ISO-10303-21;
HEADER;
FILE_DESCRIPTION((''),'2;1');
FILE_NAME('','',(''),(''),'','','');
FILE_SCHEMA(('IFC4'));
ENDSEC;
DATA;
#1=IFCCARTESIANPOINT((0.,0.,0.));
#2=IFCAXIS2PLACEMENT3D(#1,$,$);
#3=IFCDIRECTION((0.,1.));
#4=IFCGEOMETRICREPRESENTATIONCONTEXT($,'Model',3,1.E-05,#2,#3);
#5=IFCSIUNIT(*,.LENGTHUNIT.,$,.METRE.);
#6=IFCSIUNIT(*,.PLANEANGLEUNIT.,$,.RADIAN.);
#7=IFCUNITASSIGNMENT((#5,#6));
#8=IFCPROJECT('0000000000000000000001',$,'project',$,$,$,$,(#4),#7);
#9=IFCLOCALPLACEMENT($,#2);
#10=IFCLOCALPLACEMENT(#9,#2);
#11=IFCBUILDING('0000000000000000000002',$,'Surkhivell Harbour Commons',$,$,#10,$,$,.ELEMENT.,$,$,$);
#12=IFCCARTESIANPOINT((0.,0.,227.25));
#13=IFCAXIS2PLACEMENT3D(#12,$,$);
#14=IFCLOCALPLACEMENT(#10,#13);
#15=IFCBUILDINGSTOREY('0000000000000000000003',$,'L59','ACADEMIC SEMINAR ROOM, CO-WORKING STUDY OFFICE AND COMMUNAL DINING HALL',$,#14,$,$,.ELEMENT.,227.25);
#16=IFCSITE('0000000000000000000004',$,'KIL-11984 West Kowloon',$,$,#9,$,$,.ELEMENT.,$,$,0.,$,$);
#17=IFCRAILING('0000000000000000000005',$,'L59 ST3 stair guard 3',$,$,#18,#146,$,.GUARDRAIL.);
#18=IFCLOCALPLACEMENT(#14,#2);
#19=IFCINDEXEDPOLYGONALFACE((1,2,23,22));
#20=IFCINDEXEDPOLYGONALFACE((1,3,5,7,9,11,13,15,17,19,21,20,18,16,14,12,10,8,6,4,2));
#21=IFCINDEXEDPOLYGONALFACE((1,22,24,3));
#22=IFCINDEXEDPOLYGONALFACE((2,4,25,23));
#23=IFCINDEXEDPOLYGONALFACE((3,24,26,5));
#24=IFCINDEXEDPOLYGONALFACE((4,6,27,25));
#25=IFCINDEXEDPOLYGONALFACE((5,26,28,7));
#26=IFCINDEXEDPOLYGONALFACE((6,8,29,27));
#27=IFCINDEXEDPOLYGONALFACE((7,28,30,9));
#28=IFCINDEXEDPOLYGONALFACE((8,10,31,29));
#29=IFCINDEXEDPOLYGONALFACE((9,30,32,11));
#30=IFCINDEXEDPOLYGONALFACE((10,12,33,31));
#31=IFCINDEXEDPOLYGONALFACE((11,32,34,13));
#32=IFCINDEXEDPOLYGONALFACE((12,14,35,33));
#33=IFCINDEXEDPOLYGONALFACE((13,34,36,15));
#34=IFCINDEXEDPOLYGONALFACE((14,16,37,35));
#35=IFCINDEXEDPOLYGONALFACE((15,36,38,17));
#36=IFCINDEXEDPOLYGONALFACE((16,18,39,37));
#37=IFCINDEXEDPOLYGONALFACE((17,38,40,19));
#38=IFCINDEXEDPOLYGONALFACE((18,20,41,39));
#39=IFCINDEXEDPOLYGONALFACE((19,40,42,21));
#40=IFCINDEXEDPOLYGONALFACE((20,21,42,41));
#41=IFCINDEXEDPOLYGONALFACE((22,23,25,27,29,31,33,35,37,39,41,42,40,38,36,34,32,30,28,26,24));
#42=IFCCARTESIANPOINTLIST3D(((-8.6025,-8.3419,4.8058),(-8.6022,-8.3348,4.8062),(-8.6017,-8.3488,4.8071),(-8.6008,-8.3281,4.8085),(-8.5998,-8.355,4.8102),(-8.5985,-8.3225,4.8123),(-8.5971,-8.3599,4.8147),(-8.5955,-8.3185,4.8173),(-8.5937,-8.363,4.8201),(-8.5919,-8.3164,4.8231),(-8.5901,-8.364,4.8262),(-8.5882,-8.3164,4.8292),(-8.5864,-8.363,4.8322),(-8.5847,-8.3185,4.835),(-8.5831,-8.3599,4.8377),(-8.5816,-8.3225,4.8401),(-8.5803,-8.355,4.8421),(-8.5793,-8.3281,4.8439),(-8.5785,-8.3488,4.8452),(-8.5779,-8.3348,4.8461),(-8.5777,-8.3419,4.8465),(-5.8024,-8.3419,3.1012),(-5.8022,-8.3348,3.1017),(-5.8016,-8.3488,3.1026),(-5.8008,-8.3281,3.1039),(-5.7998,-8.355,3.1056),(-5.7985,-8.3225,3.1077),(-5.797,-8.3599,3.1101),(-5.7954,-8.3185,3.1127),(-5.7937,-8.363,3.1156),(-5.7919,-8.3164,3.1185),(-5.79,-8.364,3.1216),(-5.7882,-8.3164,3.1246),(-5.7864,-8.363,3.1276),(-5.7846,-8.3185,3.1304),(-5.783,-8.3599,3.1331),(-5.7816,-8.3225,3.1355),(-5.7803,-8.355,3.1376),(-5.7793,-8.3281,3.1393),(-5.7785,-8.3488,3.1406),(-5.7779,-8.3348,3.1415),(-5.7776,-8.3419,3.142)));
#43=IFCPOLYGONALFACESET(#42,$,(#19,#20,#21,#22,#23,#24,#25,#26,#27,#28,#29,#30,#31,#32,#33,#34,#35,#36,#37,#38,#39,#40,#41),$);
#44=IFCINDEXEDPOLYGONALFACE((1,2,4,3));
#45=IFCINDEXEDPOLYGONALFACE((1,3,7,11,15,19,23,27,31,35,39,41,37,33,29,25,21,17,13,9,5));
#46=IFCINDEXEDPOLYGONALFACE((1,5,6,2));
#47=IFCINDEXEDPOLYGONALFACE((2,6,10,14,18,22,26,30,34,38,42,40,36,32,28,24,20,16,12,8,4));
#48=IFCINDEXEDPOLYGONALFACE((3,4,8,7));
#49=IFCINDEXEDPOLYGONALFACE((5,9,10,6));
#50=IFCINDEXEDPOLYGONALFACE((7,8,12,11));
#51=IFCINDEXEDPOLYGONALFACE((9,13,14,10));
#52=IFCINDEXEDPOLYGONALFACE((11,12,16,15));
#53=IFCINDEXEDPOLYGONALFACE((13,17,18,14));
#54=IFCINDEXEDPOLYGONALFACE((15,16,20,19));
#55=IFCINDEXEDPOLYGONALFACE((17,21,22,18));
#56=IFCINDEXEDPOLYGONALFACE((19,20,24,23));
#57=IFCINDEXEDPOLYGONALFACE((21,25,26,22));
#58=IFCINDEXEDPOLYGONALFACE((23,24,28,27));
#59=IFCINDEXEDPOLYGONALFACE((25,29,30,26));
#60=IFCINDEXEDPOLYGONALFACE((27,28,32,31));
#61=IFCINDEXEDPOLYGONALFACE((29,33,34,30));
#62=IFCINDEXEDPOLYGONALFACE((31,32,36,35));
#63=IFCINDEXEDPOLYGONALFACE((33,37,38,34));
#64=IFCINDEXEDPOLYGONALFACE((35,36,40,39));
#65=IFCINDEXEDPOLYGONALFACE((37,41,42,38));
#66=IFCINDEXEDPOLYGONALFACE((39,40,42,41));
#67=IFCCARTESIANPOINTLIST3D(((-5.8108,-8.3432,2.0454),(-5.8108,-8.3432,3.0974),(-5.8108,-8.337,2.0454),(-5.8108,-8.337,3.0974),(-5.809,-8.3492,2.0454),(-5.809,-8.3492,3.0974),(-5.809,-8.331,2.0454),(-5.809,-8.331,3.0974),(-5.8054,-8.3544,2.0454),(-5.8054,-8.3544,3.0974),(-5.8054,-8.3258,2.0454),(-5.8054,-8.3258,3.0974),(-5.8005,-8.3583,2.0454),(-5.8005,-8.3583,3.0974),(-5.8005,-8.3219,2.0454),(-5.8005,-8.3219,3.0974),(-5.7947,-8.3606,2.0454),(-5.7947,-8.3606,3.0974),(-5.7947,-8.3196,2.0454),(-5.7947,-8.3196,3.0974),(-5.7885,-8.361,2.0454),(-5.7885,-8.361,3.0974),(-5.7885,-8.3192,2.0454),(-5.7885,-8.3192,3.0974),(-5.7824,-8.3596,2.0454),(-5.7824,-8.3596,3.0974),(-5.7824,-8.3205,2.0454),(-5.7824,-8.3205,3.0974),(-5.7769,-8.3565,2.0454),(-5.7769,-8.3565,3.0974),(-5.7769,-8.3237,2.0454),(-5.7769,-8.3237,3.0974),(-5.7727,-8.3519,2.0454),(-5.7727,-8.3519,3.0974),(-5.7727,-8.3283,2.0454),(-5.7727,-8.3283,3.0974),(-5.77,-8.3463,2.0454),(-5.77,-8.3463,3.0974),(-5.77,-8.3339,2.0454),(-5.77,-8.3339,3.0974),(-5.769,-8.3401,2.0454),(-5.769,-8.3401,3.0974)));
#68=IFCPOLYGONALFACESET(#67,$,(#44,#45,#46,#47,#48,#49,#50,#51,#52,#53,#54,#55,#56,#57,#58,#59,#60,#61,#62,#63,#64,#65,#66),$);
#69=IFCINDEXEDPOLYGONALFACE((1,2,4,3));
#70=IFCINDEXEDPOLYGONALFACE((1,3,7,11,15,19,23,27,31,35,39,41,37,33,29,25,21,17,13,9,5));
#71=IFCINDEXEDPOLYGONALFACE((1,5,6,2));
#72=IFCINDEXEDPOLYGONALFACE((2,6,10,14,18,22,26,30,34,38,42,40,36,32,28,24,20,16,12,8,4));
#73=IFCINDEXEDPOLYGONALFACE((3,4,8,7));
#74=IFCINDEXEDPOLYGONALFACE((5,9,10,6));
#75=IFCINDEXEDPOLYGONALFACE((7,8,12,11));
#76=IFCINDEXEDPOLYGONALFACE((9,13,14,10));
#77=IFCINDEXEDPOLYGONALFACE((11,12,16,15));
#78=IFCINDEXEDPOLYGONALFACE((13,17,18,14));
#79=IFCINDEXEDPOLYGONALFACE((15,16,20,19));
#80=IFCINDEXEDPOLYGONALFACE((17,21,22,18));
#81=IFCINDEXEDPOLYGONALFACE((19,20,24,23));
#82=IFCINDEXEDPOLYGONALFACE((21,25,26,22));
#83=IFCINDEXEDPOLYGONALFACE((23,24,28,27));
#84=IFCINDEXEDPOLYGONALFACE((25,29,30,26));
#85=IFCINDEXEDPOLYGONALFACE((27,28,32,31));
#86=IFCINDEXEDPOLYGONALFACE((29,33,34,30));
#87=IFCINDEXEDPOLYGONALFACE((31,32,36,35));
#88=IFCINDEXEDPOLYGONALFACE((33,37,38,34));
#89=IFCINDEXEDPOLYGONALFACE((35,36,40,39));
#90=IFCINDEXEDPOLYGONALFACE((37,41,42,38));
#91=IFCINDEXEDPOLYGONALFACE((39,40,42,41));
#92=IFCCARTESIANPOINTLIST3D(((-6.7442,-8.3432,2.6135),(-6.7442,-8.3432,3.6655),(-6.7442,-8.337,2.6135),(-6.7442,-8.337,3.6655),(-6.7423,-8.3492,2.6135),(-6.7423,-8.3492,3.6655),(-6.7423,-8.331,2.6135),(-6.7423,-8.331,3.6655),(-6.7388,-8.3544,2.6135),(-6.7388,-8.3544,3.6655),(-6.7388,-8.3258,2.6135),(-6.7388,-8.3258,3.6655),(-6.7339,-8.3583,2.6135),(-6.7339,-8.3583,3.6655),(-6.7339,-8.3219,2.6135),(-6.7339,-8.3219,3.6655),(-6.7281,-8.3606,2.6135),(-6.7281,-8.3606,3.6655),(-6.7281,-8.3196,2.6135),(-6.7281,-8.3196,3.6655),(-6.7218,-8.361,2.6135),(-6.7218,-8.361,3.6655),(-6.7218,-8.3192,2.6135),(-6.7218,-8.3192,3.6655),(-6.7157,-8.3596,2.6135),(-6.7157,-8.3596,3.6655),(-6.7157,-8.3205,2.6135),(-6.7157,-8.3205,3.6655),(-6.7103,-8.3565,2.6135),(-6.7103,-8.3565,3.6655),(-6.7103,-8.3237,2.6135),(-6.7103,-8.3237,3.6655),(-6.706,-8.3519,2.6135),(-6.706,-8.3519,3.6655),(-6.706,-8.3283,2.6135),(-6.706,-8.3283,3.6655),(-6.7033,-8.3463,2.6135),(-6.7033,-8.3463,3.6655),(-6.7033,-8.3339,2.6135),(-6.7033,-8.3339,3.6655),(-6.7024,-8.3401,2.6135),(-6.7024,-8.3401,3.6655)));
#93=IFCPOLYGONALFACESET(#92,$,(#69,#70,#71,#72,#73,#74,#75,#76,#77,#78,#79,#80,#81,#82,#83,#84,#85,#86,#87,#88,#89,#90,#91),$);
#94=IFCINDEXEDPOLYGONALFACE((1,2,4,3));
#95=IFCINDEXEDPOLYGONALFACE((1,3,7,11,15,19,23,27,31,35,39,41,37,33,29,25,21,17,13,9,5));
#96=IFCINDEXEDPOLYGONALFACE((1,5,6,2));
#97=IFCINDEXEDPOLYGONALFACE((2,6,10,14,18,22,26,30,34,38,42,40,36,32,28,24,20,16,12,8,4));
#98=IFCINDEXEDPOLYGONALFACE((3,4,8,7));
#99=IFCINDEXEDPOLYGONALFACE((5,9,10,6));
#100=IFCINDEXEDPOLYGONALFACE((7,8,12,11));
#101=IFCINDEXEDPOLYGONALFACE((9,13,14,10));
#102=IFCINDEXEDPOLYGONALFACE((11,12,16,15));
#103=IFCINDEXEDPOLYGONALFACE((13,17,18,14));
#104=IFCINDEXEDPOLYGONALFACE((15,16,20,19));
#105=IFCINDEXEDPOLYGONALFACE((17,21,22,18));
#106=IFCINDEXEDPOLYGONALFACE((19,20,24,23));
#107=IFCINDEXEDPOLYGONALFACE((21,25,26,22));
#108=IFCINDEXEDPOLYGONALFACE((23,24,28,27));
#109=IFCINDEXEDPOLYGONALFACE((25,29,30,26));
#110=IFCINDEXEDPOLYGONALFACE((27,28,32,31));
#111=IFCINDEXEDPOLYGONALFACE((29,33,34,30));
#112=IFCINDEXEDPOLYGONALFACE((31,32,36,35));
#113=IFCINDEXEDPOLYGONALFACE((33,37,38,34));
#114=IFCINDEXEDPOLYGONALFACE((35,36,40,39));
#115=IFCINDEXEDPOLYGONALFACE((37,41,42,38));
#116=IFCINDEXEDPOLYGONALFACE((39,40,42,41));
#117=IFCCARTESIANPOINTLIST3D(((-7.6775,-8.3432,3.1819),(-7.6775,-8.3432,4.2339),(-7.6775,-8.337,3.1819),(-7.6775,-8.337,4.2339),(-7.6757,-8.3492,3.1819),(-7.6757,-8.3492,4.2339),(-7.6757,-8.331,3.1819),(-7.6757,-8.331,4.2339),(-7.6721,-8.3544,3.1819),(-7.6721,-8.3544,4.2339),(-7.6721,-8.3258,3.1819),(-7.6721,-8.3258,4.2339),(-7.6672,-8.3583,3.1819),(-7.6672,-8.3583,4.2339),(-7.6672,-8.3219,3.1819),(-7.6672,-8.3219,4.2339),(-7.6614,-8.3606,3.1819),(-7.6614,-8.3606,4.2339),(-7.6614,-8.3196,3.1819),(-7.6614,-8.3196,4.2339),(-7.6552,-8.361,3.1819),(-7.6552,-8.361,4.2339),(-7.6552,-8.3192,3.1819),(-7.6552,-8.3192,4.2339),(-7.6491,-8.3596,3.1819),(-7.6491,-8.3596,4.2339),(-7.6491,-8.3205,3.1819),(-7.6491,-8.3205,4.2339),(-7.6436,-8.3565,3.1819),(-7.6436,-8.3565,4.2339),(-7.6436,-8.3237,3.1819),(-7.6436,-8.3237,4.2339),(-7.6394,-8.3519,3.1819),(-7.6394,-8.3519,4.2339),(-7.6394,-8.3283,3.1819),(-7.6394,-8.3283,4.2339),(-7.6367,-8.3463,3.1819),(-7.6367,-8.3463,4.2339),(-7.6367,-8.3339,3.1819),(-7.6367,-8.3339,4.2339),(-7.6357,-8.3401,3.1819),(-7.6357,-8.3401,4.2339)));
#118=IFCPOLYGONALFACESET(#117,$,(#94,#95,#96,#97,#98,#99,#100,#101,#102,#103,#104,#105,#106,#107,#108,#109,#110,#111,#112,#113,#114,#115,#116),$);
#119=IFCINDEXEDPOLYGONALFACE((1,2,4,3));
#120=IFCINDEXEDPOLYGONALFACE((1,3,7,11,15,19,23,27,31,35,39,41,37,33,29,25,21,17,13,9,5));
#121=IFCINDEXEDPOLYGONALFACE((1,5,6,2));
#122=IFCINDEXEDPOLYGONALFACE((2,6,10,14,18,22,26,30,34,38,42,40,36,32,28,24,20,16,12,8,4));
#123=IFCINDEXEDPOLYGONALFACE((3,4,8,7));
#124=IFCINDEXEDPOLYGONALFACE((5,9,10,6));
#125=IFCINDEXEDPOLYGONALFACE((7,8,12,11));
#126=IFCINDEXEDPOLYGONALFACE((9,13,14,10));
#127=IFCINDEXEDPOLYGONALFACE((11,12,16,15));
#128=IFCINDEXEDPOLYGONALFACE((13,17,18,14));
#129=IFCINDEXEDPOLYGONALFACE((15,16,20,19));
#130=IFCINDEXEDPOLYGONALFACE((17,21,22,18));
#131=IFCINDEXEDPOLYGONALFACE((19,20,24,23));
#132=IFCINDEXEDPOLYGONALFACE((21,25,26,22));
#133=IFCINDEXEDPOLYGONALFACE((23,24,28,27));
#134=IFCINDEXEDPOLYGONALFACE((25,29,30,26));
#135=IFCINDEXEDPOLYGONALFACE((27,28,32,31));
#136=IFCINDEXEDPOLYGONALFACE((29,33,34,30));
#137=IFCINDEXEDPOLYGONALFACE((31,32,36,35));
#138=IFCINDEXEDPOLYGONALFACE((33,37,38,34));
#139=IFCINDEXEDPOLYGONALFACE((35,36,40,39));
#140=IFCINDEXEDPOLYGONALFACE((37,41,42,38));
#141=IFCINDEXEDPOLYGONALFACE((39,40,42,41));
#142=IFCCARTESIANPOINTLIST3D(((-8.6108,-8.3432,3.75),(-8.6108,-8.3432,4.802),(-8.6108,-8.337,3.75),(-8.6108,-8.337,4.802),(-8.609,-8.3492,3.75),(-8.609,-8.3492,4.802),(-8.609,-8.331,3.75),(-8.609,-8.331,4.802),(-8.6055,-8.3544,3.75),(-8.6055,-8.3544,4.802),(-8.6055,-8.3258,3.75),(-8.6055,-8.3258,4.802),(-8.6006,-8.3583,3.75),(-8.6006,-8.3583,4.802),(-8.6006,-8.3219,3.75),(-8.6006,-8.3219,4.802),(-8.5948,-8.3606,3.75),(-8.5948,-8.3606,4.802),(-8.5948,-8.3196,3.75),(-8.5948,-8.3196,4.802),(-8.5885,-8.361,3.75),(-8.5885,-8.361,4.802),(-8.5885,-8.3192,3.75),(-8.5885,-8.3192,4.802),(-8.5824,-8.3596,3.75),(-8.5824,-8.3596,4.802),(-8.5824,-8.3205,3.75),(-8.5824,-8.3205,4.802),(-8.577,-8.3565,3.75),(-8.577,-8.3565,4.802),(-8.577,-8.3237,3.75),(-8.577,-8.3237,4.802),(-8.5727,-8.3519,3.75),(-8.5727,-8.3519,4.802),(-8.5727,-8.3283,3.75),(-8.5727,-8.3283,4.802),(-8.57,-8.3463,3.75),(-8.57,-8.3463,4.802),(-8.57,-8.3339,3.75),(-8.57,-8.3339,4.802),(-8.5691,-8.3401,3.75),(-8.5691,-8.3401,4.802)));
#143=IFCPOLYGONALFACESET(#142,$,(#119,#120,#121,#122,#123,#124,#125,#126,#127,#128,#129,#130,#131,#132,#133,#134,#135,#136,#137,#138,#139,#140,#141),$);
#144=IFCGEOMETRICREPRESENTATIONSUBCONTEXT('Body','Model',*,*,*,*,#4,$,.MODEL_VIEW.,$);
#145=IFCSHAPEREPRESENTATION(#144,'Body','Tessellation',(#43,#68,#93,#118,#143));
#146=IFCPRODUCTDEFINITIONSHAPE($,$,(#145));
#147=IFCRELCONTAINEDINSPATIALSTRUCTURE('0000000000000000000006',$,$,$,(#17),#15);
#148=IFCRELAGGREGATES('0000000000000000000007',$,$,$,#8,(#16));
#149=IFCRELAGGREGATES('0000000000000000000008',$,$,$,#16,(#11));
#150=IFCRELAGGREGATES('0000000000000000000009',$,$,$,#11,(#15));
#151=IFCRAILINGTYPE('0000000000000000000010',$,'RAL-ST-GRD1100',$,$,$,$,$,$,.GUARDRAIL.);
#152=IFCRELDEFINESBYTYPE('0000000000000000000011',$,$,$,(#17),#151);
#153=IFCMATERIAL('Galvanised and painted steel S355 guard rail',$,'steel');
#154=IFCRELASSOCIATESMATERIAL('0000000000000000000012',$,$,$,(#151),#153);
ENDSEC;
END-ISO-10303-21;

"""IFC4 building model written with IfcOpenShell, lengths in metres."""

from ifc_helpers import new_model, si_unit, direction, frame, origin, origin_2d, place, context, subcontext, project, spatial, circle, extrude, material, type_object, element, save


model = new_model("IFC4")

# Units and contexts
model_context = context("Model", 3, precision=1e-05, world=origin(), true_north=direction((0.0, 1.0)))
body_context = subcontext(model_context, "Body", "Model", "MODEL_VIEW")
ifc_project = project(units=[si_unit("LENGTHUNIT", "METRE"), si_unit("PLANEANGLEUNIT", "RADIAN")], contexts=[model_context])

# Site, building, storey
site_placement = place(None, origin())
site = spatial("IfcSite", under=ifc_project, at=site_placement, Name="KIL-11984 West Kowloon", CompositionType="ELEMENT", RefElevation=0.0)
building_placement = place(site_placement, origin())
building = spatial("IfcBuilding", under=site, at=building_placement, Name="Surkhivell Harbour Commons", CompositionType="ELEMENT")
storey_placement = place(building_placement, frame((0.0, 0.0, 227.25)))
storey = spatial("IfcBuildingStorey", under=building, at=storey_placement, Name="L59", Description="ACADEMIC SEMINAR ROOM, CO-WORKING STUDY OFFICE AND COMMUNAL DINING HALL", CompositionType="ELEMENT", Elevation=227.25)

# Railing
ifc_material_1 = material(Name="Galvanised and painted steel S355 guard rail", Category="steel")
railing_type_1 = type_object("IfcRailingType", Name="RAL-ST-GRD1100", PredefinedType="GUARDRAIL", material=ifc_material_1)
railing_1_placement = place(storey_placement, frame((-5.79, -8.3401, 2.0454)))
element("IfcRailing", 1, at=railing_1_placement, inside=storey, type_object=railing_type_1, Name="L59 ST3 stair guard 3", PredefinedType="GUARDRAIL", context=body_context, shape_type="SweptSolid", body=[
    extrude(circle(Radius=0.0239, at=origin_2d()), frame((0.0, 0.0, 1.0762), z_axis=(-0.85417, 0.0, 0.519994), x_axis=(0.0, -1.0, 0.0)), (0.0, 0.0, 1.0), 3.2781),
    extrude(circle(Radius=0.021, at=origin_2d()), origin(), (0.0, 0.0, 1.0), 1.052),
    extrude(circle(Radius=0.021, at=origin_2d()), frame((-0.9333, 0.0, 0.5681)), (0.0, 0.0, 1.0), 1.052),
    extrude(circle(Radius=0.021, at=origin_2d()), frame((-1.8667, 0.0, 1.1365)), (0.0, 0.0, 1.0), 1.052),
    extrude(circle(Radius=0.021, at=origin_2d()), frame((-2.8, 0.0, 1.7046)), (0.0, 0.0, 1.0), 1.052),
])

save(model, "model.ifc")
